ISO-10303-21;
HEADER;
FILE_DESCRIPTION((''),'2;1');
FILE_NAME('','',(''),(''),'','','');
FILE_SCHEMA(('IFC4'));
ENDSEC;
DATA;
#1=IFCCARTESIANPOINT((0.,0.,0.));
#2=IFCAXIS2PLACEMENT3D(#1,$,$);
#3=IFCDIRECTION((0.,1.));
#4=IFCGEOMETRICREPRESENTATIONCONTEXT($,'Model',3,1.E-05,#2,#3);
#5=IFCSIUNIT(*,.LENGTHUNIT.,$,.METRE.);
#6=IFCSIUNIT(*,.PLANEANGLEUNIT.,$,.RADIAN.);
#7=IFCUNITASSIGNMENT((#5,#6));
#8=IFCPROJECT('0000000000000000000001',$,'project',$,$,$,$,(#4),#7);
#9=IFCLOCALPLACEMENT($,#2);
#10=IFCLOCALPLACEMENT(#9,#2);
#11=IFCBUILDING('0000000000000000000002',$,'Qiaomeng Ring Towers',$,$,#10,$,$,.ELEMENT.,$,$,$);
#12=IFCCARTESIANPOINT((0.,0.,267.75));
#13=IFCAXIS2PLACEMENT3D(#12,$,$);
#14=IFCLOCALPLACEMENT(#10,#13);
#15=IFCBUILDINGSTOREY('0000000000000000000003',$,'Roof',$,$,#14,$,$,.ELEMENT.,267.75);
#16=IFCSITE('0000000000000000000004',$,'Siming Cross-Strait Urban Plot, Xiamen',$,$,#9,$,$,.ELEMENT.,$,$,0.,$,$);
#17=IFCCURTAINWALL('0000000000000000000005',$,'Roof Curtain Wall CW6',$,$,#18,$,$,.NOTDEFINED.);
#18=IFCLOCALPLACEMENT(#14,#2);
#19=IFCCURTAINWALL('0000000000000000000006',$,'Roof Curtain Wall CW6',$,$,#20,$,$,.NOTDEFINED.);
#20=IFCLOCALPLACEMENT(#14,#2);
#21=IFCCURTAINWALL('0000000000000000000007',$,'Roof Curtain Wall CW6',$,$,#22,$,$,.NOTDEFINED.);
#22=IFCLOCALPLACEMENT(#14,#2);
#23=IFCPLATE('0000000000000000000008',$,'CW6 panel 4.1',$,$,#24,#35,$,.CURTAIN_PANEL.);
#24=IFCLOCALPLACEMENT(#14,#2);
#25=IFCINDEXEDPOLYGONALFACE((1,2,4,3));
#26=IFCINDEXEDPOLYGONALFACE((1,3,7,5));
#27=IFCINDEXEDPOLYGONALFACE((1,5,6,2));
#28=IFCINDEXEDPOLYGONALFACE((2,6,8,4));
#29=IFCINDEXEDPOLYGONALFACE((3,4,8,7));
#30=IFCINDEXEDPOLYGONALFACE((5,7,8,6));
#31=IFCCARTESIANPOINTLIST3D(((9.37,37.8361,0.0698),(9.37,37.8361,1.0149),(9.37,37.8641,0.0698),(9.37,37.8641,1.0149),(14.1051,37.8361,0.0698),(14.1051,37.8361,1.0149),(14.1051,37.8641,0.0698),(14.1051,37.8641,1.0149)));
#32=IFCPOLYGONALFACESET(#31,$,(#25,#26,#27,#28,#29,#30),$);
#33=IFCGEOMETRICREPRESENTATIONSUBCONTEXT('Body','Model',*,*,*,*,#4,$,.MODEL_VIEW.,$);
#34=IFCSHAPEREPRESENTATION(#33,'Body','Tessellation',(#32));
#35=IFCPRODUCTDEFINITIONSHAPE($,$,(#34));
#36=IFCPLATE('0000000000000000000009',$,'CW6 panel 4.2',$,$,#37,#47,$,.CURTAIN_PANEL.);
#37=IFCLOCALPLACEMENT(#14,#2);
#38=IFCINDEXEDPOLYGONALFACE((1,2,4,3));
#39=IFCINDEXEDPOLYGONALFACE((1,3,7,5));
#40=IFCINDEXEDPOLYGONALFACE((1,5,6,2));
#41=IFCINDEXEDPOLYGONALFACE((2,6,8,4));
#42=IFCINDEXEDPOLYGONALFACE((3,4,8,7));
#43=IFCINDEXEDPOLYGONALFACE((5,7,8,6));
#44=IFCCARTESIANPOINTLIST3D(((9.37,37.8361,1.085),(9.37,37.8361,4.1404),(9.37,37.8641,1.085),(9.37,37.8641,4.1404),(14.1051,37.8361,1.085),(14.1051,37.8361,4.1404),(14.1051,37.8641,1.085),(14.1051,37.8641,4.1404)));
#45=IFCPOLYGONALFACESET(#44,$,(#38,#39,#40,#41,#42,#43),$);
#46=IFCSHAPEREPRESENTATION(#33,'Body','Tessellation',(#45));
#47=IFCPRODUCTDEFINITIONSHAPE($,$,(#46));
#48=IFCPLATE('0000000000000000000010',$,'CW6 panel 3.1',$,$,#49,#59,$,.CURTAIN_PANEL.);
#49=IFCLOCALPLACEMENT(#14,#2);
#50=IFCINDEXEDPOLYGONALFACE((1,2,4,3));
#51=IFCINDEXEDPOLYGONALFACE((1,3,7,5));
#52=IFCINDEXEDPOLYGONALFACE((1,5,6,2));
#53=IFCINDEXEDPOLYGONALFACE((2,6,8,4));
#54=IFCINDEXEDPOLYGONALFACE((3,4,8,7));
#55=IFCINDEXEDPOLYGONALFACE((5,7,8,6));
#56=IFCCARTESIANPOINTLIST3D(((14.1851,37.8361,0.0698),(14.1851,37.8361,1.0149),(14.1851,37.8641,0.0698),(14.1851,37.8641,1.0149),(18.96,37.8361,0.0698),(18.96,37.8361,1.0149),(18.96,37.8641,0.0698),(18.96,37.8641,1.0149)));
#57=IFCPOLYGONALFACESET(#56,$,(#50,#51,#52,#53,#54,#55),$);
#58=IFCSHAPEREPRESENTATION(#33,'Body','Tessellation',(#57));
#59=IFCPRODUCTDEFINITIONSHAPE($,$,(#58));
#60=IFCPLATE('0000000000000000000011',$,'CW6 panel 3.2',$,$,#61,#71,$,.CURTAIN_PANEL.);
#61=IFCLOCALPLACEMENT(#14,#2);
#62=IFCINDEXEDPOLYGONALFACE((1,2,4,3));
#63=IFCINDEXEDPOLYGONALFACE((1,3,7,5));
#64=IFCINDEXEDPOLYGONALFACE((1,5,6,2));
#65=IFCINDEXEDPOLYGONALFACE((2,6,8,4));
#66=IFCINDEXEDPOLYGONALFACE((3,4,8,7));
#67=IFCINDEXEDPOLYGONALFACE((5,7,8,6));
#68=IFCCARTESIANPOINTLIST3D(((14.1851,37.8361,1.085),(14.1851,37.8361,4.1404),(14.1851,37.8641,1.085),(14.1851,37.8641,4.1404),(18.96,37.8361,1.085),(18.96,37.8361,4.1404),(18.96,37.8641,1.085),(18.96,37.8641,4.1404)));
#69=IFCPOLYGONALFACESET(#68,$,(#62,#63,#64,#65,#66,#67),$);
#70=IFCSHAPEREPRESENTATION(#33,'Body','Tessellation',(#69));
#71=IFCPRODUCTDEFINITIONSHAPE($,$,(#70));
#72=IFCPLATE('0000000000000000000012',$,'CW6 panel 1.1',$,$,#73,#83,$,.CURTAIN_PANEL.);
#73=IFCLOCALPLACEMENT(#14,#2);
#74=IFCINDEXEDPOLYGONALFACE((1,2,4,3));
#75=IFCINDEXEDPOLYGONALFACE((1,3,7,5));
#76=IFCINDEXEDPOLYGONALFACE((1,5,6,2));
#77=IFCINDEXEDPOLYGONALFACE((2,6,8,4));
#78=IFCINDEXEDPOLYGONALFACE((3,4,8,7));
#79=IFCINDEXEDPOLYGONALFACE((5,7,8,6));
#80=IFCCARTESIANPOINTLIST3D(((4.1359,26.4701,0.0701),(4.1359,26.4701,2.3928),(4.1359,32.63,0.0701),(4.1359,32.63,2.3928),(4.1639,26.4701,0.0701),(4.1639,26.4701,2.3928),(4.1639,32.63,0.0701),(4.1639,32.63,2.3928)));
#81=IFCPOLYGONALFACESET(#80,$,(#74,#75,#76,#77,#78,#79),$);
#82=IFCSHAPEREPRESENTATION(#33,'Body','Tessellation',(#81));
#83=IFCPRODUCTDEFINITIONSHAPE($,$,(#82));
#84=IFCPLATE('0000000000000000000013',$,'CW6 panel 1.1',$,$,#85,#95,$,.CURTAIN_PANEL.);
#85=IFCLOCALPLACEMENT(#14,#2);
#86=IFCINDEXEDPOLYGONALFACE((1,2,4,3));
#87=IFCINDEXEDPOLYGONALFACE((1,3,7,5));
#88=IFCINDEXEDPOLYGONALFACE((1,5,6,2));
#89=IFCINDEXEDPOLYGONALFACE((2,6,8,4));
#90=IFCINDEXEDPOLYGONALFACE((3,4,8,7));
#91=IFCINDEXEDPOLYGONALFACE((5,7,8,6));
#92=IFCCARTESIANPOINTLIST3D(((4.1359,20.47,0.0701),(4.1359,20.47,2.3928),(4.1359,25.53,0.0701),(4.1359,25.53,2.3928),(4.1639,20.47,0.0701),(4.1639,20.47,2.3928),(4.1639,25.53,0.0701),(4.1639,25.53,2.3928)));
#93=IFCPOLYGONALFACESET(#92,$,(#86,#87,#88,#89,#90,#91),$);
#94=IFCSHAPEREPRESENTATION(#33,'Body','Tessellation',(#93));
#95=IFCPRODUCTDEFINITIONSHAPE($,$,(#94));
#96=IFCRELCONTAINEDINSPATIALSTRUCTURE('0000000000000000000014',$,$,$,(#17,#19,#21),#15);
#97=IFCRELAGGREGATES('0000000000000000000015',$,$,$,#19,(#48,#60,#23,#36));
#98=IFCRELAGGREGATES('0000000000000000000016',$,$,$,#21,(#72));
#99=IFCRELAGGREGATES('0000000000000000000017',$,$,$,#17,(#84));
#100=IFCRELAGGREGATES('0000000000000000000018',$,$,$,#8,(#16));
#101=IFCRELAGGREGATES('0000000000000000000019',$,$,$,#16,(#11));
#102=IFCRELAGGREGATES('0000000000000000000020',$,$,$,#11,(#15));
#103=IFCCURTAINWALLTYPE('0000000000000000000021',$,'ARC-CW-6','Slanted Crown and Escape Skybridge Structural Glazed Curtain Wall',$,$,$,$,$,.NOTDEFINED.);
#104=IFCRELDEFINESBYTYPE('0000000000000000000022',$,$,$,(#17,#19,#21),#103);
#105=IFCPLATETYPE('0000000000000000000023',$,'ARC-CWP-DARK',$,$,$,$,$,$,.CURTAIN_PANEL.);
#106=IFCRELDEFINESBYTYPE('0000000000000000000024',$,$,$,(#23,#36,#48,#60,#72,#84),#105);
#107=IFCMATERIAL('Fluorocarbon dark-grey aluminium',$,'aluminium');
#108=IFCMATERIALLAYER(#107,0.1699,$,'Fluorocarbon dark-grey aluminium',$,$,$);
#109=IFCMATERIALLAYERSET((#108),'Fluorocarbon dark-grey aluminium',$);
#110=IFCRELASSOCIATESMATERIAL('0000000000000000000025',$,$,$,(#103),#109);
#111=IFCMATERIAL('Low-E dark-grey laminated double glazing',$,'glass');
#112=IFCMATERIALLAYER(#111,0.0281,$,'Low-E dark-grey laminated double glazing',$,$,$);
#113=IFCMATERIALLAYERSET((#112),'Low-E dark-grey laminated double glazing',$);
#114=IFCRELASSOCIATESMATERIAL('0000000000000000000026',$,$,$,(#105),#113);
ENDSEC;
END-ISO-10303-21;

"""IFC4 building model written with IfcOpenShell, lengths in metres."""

from ifc_helpers import new_model, si_unit, direction, frame, origin, origin_2d, place, context, subcontext, project, spatial, rectangle, extrude, source, transform, mapped, material, layer, layer_set, type_object, element, aggregate, save


model = new_model("IFC4")

# Units and contexts
model_context = context("Model", 3, precision=1e-05, world=origin(), true_north=direction((0.0, 1.0)))
body_context = subcontext(model_context, "Body", "Model", "MODEL_VIEW")
ifc_project = project(units=[si_unit("LENGTHUNIT", "METRE"), si_unit("PLANEANGLEUNIT", "RADIAN")], contexts=[model_context])

# Site, building, storey
site_placement = place(None, origin())
site = spatial("IfcSite", under=ifc_project, at=site_placement, Name="Siming Cross-Strait Urban Plot, Xiamen", CompositionType="ELEMENT", RefElevation=0.0)
building_placement = place(site_placement, origin())
building = spatial("IfcBuilding", under=site, at=building_placement, Name="Qiaomeng Ring Towers", CompositionType="ELEMENT")
storey_placement = place(building_placement, frame((0.0, 0.0, 267.75)))
storey = spatial("IfcBuildingStorey", under=building, at=storey_placement, Name="Roof", CompositionType="ELEMENT", Elevation=267.75)

# Curtain walls
ifc_material_1 = material(Name="Fluorocarbon dark-grey aluminium", Category="aluminium")
ifc_layer_1 = layer(ifc_material_1, 0.1699, Name="Fluorocarbon dark-grey aluminium")
ifc_layer_set_1 = layer_set([ifc_layer_1], Name="Fluorocarbon dark-grey aluminium")
curtain_wall_type = type_object("IfcCurtainWallType", Name="ARC-CW-6", Description="Slanted Crown and Escape Skybridge Structural Glazed Curtain Wall", PredefinedType="NOTDEFINED", material=ifc_layer_set_1)
curtain_wall_1_placement = place(storey_placement, origin())
curtain_wall_1 = element("IfcCurtainWall", 1, at=curtain_wall_1_placement, inside=storey, type_object=curtain_wall_type, Name="Roof Curtain Wall CW6", PredefinedType="NOTDEFINED")
curtain_wall_2_placement = place(storey_placement, origin())
curtain_wall_2 = element("IfcCurtainWall", 2, at=curtain_wall_2_placement, inside=storey, type_object=curtain_wall_type, Name="Roof Curtain Wall CW6", PredefinedType="NOTDEFINED")
curtain_wall_3_placement = place(storey_placement, origin())
curtain_wall_3 = element("IfcCurtainWall", 3, at=curtain_wall_3_placement, inside=storey, type_object=curtain_wall_type, Name="Roof Curtain Wall CW6", PredefinedType="NOTDEFINED")

# Plates
ifc_material_2 = material(Name="Low-E dark-grey laminated double glazing", Category="glass")
ifc_layer_2 = layer(ifc_material_2, 0.0281, Name="Low-E dark-grey laminated double glazing")
ifc_layer_set_2 = layer_set([ifc_layer_2], Name="Low-E dark-grey laminated double glazing")
plate_type_1 = type_object("IfcPlateType", Name="ARC-CWP-DARK", PredefinedType="CURTAIN_PANEL", material=ifc_layer_set_2)
shared_shape_1 = source(origin(), body_context, "Body", "SweptSolid", [
    extrude(rectangle(XDim=4.7351, YDim=0.0281, at=origin_2d()), origin(), (0.0, 0.0, 1.0), 0.9451),
])
plate_1_placement = place(storey_placement, frame((11.7375, 37.8501, 0.0698), z_axis=(0.0, 0.0, 1.0), x_axis=(-1.0, 0.0, 0.0)))
plate_1 = element("IfcPlate", 4, at=plate_1_placement, type_object=plate_type_1, Name="CW6 panel 4.1", PredefinedType="CURTAIN_PANEL", context=body_context, shape_type="MappedRepresentation", body=[
    mapped(shared_shape_1, transform((0.0, 0.0, 0.0), x_axis=(1.0, 0.0, 0.0), y_axis=(0.0, 1.0, 0.0), z_axis=(0.0, 0.0, 1.0), scale=1.0)),
])
shared_shape_2 = source(origin(), body_context, "Body", "SweptSolid", [
    extrude(rectangle(XDim=4.7351, YDim=0.0281, at=origin_2d()), origin(), (0.0, 0.0, 1.0), 3.0554),
])
plate_2_placement = place(storey_placement, frame((11.7375, 37.8501, 1.085), z_axis=(0.0, 0.0, 1.0), x_axis=(-1.0, 0.0, 0.0)))
plate_2 = element("IfcPlate", 5, at=plate_2_placement, type_object=plate_type_1, Name="CW6 panel 4.2", PredefinedType="CURTAIN_PANEL", context=body_context, shape_type="MappedRepresentation", body=[
    mapped(shared_shape_2, transform((0.0, 0.0, 0.0), x_axis=(1.0, 0.0, 0.0), y_axis=(0.0, 1.0, 0.0), z_axis=(0.0, 0.0, 1.0), scale=1.0)),
])
shared_shape_3 = source(origin(), body_context, "Body", "SweptSolid", [
    extrude(rectangle(XDim=4.7749, YDim=0.0281, at=origin_2d()), origin(), (0.0, 0.0, 1.0), 0.9451),
])
plate_3_placement = place(storey_placement, frame((16.5725, 37.8501, 0.0698), z_axis=(0.0, 0.0, 1.0), x_axis=(-1.0, 0.0, 0.0)))
plate_3 = element("IfcPlate", 6, at=plate_3_placement, type_object=plate_type_1, Name="CW6 panel 3.1", PredefinedType="CURTAIN_PANEL", context=body_context, shape_type="MappedRepresentation", body=[
    mapped(shared_shape_3, transform((0.0, 0.0, 0.0), x_axis=(1.0, 0.0, 0.0), y_axis=(0.0, 1.0, 0.0), z_axis=(0.0, 0.0, 1.0), scale=1.0)),
])
shared_shape_4 = source(origin(), body_context, "Body", "SweptSolid", [
    extrude(rectangle(XDim=4.7749, YDim=0.0281, at=origin_2d()), origin(), (0.0, 0.0, 1.0), 3.0554),
])
plate_4_placement = place(storey_placement, frame((16.5725, 37.8501, 1.085), z_axis=(0.0, 0.0, 1.0), x_axis=(-1.0, 0.0, 0.0)))
plate_4 = element("IfcPlate", 7, at=plate_4_placement, type_object=plate_type_1, Name="CW6 panel 3.2", PredefinedType="CURTAIN_PANEL", context=body_context, shape_type="MappedRepresentation", body=[
    mapped(shared_shape_4, transform((0.0, 0.0, 0.0), x_axis=(1.0, 0.0, 0.0), y_axis=(0.0, 1.0, 0.0), z_axis=(0.0, 0.0, 1.0), scale=1.0)),
])
aggregate(curtain_wall_2, [plate_3, plate_4, plate_1, plate_2])
shared_shape_5 = source(origin(), body_context, "Body", "SweptSolid", [
    extrude(rectangle(XDim=6.1599, YDim=0.0281, at=origin_2d()), origin(), (0.0, 0.0, 1.0), 2.3228),
])
plate_5_placement = place(storey_placement, frame((4.1499, 29.55, 0.0701), z_axis=(0.0, 0.0, 1.0), x_axis=(0.0, -1.0, 0.0)))
plate_5 = element("IfcPlate", 8, at=plate_5_placement, type_object=plate_type_1, Name="CW6 panel 1.1", PredefinedType="CURTAIN_PANEL", context=body_context, shape_type="MappedRepresentation", body=[
    mapped(shared_shape_5, transform((0.0, 0.0, 0.0), x_axis=(1.0, 0.0, 0.0), y_axis=(0.0, 1.0, 0.0), z_axis=(0.0, 0.0, 1.0), scale=1.0)),
])
aggregate(curtain_wall_3, [plate_5])
shared_shape_6 = source(origin(), body_context, "Body", "SweptSolid", [
    extrude(rectangle(XDim=5.0601, YDim=0.0281, at=origin_2d()), origin(), (0.0, 0.0, 1.0), 2.3228),
])
plate_6_placement = place(storey_placement, frame((4.1499, 23.0, 0.0701), z_axis=(0.0, 0.0, 1.0), x_axis=(0.0, -1.0, 0.0)))
plate_6 = element("IfcPlate", 9, at=plate_6_placement, type_object=plate_type_1, Name="CW6 panel 1.1", PredefinedType="CURTAIN_PANEL", context=body_context, shape_type="MappedRepresentation", body=[
    mapped(shared_shape_6, transform((0.0, 0.0, 0.0), x_axis=(1.0, 0.0, 0.0), y_axis=(0.0, 1.0, 0.0), z_axis=(0.0, 0.0, 1.0), scale=1.0)),
])
aggregate(curtain_wall_1, [plate_6])

save(model, "model.ifc")
